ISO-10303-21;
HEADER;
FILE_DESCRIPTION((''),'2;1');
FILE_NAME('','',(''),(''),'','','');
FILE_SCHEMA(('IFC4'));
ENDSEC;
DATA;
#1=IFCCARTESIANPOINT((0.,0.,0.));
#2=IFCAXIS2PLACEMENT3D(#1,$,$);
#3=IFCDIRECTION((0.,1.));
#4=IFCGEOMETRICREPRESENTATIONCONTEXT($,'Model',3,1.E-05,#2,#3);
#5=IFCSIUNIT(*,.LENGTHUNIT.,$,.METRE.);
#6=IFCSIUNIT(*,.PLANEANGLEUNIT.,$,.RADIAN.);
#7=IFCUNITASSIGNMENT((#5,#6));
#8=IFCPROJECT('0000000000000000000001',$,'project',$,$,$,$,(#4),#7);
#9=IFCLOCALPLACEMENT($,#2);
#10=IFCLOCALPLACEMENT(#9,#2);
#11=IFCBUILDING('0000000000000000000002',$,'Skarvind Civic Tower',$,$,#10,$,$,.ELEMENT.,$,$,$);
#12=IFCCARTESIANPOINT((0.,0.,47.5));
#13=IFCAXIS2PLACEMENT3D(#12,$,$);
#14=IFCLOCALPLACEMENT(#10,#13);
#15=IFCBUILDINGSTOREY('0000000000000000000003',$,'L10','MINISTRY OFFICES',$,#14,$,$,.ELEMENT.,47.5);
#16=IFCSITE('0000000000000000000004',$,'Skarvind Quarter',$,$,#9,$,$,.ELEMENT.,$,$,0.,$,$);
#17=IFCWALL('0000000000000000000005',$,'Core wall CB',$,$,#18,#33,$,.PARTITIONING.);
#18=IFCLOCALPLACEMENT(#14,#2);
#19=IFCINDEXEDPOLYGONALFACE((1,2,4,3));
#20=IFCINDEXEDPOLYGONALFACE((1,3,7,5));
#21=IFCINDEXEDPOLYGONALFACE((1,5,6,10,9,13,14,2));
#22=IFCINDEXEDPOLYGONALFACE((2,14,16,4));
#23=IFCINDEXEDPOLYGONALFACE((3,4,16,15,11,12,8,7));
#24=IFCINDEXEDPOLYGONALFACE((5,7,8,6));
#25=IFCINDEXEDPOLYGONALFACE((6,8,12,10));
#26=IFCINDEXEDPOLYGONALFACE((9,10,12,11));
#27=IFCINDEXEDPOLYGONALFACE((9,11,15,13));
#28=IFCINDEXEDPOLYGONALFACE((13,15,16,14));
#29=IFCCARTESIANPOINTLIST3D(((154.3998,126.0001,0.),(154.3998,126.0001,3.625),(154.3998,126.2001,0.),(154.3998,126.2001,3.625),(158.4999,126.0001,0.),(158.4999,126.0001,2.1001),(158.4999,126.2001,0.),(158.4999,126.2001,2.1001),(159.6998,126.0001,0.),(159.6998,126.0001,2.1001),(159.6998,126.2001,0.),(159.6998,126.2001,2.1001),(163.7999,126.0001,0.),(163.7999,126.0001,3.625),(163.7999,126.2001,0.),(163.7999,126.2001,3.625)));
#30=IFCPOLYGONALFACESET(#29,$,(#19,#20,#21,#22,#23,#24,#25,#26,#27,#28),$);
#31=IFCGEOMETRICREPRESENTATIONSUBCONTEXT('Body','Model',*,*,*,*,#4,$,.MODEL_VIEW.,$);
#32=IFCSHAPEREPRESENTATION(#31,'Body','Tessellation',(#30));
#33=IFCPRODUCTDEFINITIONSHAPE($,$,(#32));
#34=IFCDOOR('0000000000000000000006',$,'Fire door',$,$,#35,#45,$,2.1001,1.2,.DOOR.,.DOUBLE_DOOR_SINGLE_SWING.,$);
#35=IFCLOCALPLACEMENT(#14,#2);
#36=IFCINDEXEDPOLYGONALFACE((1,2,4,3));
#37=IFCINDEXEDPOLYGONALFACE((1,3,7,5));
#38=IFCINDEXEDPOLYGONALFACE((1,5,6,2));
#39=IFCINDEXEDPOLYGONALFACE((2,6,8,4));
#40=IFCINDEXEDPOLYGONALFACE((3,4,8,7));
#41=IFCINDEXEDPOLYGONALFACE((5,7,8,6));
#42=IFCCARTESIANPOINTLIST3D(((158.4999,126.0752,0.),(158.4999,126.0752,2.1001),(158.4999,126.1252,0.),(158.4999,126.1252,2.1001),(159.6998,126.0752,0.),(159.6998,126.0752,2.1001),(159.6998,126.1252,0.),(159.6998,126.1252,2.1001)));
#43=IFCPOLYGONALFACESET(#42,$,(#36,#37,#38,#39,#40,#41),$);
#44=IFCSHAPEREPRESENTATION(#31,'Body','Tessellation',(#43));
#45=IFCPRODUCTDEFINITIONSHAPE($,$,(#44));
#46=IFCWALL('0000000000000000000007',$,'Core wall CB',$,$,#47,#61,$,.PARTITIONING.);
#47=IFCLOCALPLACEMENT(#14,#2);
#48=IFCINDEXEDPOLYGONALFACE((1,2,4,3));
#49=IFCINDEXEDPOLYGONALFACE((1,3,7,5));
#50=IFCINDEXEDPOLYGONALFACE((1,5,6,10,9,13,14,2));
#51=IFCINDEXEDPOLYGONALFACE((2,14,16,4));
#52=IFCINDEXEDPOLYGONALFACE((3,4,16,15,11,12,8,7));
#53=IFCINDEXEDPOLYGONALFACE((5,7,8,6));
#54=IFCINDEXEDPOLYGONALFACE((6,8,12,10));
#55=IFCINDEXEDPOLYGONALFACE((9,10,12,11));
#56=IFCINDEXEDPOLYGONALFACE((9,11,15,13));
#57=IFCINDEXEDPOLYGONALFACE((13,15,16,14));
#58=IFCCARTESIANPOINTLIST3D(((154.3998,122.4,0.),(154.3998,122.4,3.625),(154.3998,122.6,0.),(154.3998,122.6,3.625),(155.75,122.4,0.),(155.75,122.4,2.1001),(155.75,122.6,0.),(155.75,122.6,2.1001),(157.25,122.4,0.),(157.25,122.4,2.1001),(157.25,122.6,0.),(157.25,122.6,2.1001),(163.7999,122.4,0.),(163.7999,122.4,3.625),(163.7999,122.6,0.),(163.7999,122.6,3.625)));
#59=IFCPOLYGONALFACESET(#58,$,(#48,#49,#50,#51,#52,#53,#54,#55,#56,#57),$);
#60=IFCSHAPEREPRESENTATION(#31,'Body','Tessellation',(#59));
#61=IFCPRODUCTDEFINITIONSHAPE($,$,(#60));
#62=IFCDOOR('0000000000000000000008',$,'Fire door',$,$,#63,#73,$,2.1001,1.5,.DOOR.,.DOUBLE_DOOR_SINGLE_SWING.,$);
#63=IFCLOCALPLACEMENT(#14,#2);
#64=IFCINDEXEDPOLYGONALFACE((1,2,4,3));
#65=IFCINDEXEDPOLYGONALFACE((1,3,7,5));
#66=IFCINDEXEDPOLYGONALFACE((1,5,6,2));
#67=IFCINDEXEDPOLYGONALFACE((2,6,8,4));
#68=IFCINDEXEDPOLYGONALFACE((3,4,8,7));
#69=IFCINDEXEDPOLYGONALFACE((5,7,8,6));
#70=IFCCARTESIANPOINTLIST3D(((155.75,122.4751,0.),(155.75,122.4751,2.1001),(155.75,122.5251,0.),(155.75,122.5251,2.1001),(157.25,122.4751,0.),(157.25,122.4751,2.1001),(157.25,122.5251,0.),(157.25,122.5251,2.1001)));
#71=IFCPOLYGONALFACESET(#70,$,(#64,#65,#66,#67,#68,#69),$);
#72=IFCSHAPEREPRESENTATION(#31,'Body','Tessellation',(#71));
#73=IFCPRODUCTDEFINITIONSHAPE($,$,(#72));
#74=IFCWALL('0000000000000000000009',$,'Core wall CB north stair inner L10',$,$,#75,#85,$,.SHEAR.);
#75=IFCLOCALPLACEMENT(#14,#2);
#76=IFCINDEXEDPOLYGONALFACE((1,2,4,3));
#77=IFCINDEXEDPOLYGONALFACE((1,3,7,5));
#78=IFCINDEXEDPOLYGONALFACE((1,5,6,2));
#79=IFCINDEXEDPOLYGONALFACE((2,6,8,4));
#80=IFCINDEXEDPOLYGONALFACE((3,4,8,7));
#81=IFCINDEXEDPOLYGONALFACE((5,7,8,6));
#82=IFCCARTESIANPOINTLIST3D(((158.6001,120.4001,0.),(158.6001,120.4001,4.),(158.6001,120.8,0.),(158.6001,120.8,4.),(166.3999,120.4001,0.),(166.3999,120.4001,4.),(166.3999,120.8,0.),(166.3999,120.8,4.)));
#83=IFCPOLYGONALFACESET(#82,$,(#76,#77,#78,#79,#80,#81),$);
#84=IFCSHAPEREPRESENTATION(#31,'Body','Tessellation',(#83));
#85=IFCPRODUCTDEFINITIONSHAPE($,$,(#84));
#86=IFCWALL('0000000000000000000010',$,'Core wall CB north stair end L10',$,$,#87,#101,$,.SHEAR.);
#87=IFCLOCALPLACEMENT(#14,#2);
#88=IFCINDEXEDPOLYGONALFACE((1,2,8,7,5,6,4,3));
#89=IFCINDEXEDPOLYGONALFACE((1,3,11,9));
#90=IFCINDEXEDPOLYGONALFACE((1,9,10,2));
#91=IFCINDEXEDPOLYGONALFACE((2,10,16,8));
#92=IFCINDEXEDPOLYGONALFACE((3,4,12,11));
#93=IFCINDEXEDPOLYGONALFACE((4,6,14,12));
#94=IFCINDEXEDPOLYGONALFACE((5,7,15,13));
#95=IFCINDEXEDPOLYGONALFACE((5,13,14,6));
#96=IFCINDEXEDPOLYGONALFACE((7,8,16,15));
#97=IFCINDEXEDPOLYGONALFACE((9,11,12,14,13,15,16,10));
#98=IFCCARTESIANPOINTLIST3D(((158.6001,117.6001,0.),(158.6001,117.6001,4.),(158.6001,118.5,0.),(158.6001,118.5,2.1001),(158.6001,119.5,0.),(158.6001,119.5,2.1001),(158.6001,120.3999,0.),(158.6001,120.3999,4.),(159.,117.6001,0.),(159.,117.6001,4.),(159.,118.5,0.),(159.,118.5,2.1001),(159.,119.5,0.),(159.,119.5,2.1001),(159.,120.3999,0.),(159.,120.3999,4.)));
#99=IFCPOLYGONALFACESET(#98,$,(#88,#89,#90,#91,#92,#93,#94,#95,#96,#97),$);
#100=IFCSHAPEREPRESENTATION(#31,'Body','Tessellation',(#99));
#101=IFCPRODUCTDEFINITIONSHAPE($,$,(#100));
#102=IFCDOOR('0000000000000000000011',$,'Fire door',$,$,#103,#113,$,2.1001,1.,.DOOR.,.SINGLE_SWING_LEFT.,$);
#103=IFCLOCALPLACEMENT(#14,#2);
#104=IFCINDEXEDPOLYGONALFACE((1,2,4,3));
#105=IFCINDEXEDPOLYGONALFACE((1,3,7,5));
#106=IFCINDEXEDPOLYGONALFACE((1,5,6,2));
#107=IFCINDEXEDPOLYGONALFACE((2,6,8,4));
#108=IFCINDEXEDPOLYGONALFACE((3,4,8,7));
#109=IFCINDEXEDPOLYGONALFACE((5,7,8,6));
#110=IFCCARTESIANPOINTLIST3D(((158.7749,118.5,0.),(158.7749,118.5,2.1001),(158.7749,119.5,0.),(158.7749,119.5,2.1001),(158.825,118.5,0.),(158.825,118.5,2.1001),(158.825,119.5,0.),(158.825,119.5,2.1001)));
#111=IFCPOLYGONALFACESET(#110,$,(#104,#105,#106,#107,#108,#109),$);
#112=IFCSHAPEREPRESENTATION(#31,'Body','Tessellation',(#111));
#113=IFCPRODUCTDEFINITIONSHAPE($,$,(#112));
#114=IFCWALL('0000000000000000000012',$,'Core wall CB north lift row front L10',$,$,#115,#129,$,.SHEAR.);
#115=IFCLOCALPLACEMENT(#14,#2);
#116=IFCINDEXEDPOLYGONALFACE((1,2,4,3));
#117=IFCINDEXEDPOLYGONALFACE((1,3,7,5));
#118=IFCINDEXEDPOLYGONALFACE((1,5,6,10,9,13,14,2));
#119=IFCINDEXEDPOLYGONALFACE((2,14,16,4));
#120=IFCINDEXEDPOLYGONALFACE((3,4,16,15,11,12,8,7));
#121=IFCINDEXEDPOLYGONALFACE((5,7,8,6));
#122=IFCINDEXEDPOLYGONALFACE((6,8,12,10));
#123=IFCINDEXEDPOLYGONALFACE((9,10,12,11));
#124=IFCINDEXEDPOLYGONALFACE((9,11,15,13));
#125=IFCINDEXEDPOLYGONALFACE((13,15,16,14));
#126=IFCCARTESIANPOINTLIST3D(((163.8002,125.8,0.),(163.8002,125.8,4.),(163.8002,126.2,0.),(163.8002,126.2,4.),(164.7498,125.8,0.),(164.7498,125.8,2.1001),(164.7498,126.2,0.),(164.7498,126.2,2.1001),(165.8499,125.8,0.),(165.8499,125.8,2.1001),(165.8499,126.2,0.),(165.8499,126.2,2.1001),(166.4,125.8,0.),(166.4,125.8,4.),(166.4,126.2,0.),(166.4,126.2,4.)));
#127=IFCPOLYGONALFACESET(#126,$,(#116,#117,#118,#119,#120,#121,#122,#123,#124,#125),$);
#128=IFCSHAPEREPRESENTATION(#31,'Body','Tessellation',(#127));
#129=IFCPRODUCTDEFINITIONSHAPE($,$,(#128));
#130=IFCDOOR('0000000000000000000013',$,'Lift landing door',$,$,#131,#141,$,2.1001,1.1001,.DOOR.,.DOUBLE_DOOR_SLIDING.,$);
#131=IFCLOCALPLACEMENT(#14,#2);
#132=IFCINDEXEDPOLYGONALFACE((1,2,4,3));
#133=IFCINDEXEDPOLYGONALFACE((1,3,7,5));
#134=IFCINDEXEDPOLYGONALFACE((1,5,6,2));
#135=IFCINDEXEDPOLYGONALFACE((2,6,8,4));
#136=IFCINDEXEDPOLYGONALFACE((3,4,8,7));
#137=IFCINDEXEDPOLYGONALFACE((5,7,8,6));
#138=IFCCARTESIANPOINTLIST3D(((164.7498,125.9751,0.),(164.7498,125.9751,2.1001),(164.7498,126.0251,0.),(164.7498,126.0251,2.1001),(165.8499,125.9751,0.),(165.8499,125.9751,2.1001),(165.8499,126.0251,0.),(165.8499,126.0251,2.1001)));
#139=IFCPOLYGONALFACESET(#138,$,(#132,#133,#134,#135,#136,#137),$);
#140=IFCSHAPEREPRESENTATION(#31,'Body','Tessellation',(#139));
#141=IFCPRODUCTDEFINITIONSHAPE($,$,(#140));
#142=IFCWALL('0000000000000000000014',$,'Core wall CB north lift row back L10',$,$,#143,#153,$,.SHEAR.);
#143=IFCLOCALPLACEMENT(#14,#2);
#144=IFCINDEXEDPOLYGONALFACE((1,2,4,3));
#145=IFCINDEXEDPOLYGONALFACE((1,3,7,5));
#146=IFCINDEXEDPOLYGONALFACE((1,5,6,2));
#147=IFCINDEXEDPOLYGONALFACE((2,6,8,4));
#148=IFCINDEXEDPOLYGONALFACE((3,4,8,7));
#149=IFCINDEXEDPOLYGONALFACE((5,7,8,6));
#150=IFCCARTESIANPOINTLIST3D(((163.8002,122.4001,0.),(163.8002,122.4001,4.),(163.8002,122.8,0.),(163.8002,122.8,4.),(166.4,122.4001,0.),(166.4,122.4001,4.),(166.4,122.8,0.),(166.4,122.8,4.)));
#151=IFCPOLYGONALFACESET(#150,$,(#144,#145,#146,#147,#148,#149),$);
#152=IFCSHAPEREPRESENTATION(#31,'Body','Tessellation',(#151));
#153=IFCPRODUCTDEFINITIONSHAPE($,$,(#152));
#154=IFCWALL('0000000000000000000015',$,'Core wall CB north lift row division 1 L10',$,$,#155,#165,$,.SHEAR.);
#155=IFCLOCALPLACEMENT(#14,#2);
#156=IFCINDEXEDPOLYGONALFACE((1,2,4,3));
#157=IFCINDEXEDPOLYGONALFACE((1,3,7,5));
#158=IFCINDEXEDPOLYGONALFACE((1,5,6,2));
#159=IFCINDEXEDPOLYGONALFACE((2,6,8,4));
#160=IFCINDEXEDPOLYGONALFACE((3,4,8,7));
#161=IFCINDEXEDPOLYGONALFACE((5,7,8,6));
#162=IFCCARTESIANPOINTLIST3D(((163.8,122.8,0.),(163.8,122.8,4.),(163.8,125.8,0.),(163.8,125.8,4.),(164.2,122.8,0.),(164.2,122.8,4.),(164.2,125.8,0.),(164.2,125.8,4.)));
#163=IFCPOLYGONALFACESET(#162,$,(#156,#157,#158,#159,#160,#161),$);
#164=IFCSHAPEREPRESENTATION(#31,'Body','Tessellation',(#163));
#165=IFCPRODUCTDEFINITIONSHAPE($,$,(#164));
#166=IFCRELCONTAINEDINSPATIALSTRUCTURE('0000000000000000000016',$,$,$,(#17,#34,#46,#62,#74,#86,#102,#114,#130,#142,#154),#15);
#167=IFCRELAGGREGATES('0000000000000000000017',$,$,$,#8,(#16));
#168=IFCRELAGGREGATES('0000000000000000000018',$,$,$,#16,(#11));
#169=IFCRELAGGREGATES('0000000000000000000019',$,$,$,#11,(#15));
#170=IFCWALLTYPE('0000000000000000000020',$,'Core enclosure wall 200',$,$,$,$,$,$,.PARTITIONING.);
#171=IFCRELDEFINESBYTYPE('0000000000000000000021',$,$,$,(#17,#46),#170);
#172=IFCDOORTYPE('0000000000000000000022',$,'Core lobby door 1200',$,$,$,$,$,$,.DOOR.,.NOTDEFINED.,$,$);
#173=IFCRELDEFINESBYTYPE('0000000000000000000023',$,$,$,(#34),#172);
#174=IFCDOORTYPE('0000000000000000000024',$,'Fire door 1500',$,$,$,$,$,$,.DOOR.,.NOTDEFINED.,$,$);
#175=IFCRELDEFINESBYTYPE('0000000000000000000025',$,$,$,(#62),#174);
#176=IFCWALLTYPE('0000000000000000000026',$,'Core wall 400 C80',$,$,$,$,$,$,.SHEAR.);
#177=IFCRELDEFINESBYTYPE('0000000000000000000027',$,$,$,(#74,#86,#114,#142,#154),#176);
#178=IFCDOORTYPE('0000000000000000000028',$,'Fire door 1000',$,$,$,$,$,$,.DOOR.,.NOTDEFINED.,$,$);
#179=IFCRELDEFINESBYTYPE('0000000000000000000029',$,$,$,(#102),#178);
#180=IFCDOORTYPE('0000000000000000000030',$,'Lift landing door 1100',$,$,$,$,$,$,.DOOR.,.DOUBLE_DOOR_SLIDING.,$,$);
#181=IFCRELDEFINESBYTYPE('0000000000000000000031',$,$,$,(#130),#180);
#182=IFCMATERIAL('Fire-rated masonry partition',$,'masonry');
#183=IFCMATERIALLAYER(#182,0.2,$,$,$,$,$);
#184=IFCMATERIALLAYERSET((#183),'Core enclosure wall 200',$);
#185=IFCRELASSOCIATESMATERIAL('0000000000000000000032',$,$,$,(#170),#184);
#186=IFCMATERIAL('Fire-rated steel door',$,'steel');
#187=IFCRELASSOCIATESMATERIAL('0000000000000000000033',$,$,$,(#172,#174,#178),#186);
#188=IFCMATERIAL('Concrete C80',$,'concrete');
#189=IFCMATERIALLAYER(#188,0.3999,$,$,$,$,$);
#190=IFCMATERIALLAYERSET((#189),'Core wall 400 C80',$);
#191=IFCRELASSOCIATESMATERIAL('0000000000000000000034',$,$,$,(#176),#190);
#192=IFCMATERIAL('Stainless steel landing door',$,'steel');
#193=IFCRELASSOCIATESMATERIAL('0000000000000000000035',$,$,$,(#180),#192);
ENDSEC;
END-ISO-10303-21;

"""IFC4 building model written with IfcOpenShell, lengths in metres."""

from ifc_helpers import new_model, si_unit, direction, frame, frame_2d, origin, place, context, subcontext, project, spatial, rectangle, extrude, material, layer, layer_set, type_object, element, fill, save


model = new_model("IFC4")

# Units and contexts
model_context = context("Model", 3, precision=1e-05, world=origin(), true_north=direction((0.0, 1.0)))
body_context = subcontext(model_context, "Body", "Model", "MODEL_VIEW")
ifc_project = project(units=[si_unit("LENGTHUNIT", "METRE"), si_unit("PLANEANGLEUNIT", "RADIAN")], contexts=[model_context])

# Site, building, storey
site_placement = place(None, origin())
site = spatial("IfcSite", under=ifc_project, at=site_placement, Name="Skarvind Quarter", CompositionType="ELEMENT", RefElevation=0.0)
building_placement = place(site_placement, origin())
building = spatial("IfcBuilding", under=site, at=building_placement, Name="Skarvind Civic Tower", CompositionType="ELEMENT")
storey_placement = place(building_placement, frame((0.0, 0.0, 47.5)))
storey = spatial("IfcBuildingStorey", under=building, at=storey_placement, Name="L10", Description="MINISTRY OFFICES", CompositionType="ELEMENT", Elevation=47.5)

# Walls, openings, doors
ifc_material_1 = material(Name="Fire-rated masonry partition", Category="masonry")
ifc_layer_1 = layer(ifc_material_1, 0.2)
ifc_layer_set_1 = layer_set([ifc_layer_1], Name="Core enclosure wall 200")
wall_type_1 = type_object("IfcWallType", Name="Core enclosure wall 200", PredefinedType="PARTITIONING", material=ifc_layer_set_1)
wall_1_placement = place(storey_placement, frame((163.8, 126.1001, 0.0), z_axis=(0.0, 0.0, 1.0), x_axis=(-1.0, 0.0, 0.0)))
wall_1 = element("IfcWall", 1, at=wall_1_placement, inside=storey, type_object=wall_type_1, Name="Core wall CB", PredefinedType="PARTITIONING", context=body_context, shape_type="SweptSolid", body=[
    extrude(rectangle(XDim=9.4001, YDim=0.2, at=frame_2d((4.7002, 0.0))), origin(), (0.0, 0.0, 1.0), 3.625),
])
opening_1_placement = place(wall_1_placement, frame((4.1001, 0.0, 0.0)))
opening_1 = element("IfcOpeningElement", 2, at=opening_1_placement, cuts=wall_1, PredefinedType="OPENING", context=body_context, shape_type="SweptSolid", body=[
    extrude(rectangle(XDim=1.2, YDim=2.1001, at=frame_2d((0.6001, 1.05))), frame((0.0, 0.1099, 0.0), z_axis=(0.0, -1.0, 0.0), x_axis=(1.0, 0.0, 0.0)), (0.0, 0.0, 1.0), 0.22),
])
ifc_material_2 = material(Name="Fire-rated steel door", Category="steel")
door_type_1 = type_object("IfcDoorType", Name="Core lobby door 1200", OperationType="NOTDEFINED", PredefinedType="DOOR", material=ifc_material_2)
door_1_placement = place(opening_1_placement, origin())
door_1 = element("IfcDoor", 3, at=door_1_placement, inside=storey, type_object=door_type_1, Name="Fire door", OperationType="DOUBLE_DOOR_SINGLE_SWING", OverallHeight=2.1001, OverallWidth=1.2, PredefinedType="DOOR", context=body_context, shape_type="SweptSolid", body=[
    extrude(rectangle(XDim=1.2, YDim=2.1001, at=frame_2d((0.6001, 1.05))), frame((0.0, 0.0249, 0.0), z_axis=(0.0, -1.0, 0.0), x_axis=(1.0, 0.0, 0.0)), (0.0, 0.0, 1.0), 0.05),
])
fill(opening_1, door_1)
wall_2_placement = place(storey_placement, frame((163.8, 122.5, 0.0), z_axis=(0.0, 0.0, 1.0), x_axis=(-1.0, 0.0, 0.0)))
wall_2 = element("IfcWall", 4, at=wall_2_placement, inside=storey, type_object=wall_type_1, Name="Core wall CB", PredefinedType="PARTITIONING", context=body_context, shape_type="SweptSolid", body=[
    extrude(rectangle(XDim=9.4001, YDim=0.2, at=frame_2d((4.7002, 0.0))), origin(), (0.0, 0.0, 1.0), 3.625),
])
opening_2_placement = place(wall_2_placement, frame((6.55, 0.0, 0.0)))
opening_2 = element("IfcOpeningElement", 5, at=opening_2_placement, cuts=wall_2, PredefinedType="OPENING", context=body_context, shape_type="SweptSolid", body=[
    extrude(rectangle(XDim=1.5, YDim=2.1001, at=frame_2d((0.75, 1.05))), frame((0.0, 0.1099, 0.0), z_axis=(0.0, -1.0, 0.0), x_axis=(1.0, 0.0, 0.0)), (0.0, 0.0, 1.0), 0.22),
])
door_type_2 = type_object("IfcDoorType", Name="Fire door 1500", OperationType="NOTDEFINED", PredefinedType="DOOR", material=ifc_material_2)
door_2_placement = place(opening_2_placement, origin())
door_2 = element("IfcDoor", 6, at=door_2_placement, inside=storey, type_object=door_type_2, Name="Fire door", OperationType="DOUBLE_DOOR_SINGLE_SWING", OverallHeight=2.1001, OverallWidth=1.5, PredefinedType="DOOR", context=body_context, shape_type="SweptSolid", body=[
    extrude(rectangle(XDim=1.5, YDim=2.1001, at=frame_2d((0.75, 1.05))), frame((0.0, 0.0249, 0.0), z_axis=(0.0, -1.0, 0.0), x_axis=(1.0, 0.0, 0.0)), (0.0, 0.0, 1.0), 0.05),
])
fill(opening_2, door_2)

# Wall
ifc_material_3 = material(Name="Concrete C80", Category="concrete")
ifc_layer_2 = layer(ifc_material_3, 0.3999)
ifc_layer_set_2 = layer_set([ifc_layer_2], Name="Core wall 400 C80")
wall_type_2 = type_object("IfcWallType", Name="Core wall 400 C80", PredefinedType="SHEAR", material=ifc_layer_set_2)
wall_3_placement = place(storey_placement, frame((166.3999, 120.6001, 0.0), z_axis=(0.0, 0.0, 1.0), x_axis=(-1.0, 0.0, 0.0)))
element("IfcWall", 7, at=wall_3_placement, inside=storey, type_object=wall_type_2, Name="Core wall CB north stair inner L10", PredefinedType="SHEAR", context=body_context, shape_type="SweptSolid", body=[
    extrude(rectangle(XDim=7.7998, YDim=0.3999, at=frame_2d((3.8999, 0.0))), origin(), (0.0, 0.0, 1.0), 4.0),
])

# Walls, openings, doors
wall_4_placement = place(storey_placement, frame((158.8, 120.3999, 0.0), z_axis=(0.0, 0.0, 1.0), x_axis=(0.0, -1.0, 0.0)))
wall_4 = element("IfcWall", 8, at=wall_4_placement, inside=storey, type_object=wall_type_2, Name="Core wall CB north stair end L10", PredefinedType="SHEAR", context=body_context, shape_type="SweptSolid", body=[
    extrude(rectangle(XDim=2.7998, YDim=0.3999, at=frame_2d((1.3999, 0.0))), origin(), (0.0, 0.0, 1.0), 4.0),
])
opening_3_placement = place(wall_4_placement, frame((0.8999, 0.0, 0.0)))
opening_3 = element("IfcOpeningElement", 9, at=opening_3_placement, cuts=wall_4, PredefinedType="OPENING", context=body_context, shape_type="SweptSolid", body=[
    extrude(rectangle(XDim=1.0, YDim=2.1001, at=frame_2d((0.5, 1.05))), frame((0.0, 0.21, 0.0), z_axis=(0.0, -1.0, 0.0), x_axis=(1.0, 0.0, 0.0)), (0.0, 0.0, 1.0), 0.4199),
])
door_type_3 = type_object("IfcDoorType", Name="Fire door 1000", OperationType="NOTDEFINED", PredefinedType="DOOR", material=ifc_material_2)
door_3_placement = place(opening_3_placement, origin())
door_3 = element("IfcDoor", 10, at=door_3_placement, inside=storey, type_object=door_type_3, Name="Fire door", OperationType="SINGLE_SWING_LEFT", OverallHeight=2.1001, OverallWidth=1.0, PredefinedType="DOOR", context=body_context, shape_type="SweptSolid", body=[
    extrude(rectangle(XDim=1.0, YDim=2.1001, at=frame_2d((0.5, 1.05))), frame((0.0, 0.0249, 0.0), z_axis=(0.0, -1.0, 0.0), x_axis=(1.0, 0.0, 0.0)), (0.0, 0.0, 1.0), 0.05),
])
fill(opening_3, door_3)
wall_5_placement = place(storey_placement, frame((166.3999, 126.0, 0.0), z_axis=(0.0, 0.0, 1.0), x_axis=(-1.0, 0.0, 0.0)))
wall_5 = element("IfcWall", 11, at=wall_5_placement, inside=storey, type_object=wall_type_2, Name="Core wall CB north lift row front L10", PredefinedType="SHEAR", context=body_context, shape_type="SweptSolid", body=[
    extrude(rectangle(XDim=2.5999, YDim=0.3999, at=frame_2d((1.2998, 0.0))), origin(), (0.0, 0.0, 1.0), 4.0),
])
opening_4_placement = place(wall_5_placement, frame((0.55, 0.0, 0.0)))
opening_4 = element("IfcOpeningElement", 12, at=opening_4_placement, cuts=wall_5, PredefinedType="OPENING", context=body_context, shape_type="SweptSolid", body=[
    extrude(rectangle(XDim=1.1001, YDim=2.1001, at=frame_2d((0.55, 1.05))), frame((0.0, 0.21, 0.0), z_axis=(0.0, -1.0, 0.0), x_axis=(1.0, 0.0, 0.0)), (0.0, 0.0, 1.0), 0.4199),
])
ifc_material_4 = material(Name="Stainless steel landing door", Category="steel")
door_type_4 = type_object("IfcDoorType", Name="Lift landing door 1100", OperationType="DOUBLE_DOOR_SLIDING", PredefinedType="DOOR", material=ifc_material_4)
door_4_placement = place(opening_4_placement, origin())
door_4 = element("IfcDoor", 13, at=door_4_placement, inside=storey, type_object=door_type_4, Name="Lift landing door", OperationType="DOUBLE_DOOR_SLIDING", OverallHeight=2.1001, OverallWidth=1.1001, PredefinedType="DOOR", context=body_context, shape_type="SweptSolid", body=[
    extrude(rectangle(XDim=1.1001, YDim=2.1001, at=frame_2d((0.55, 1.05))), frame((0.0, 0.0249, 0.0), z_axis=(0.0, -1.0, 0.0), x_axis=(1.0, 0.0, 0.0)), (0.0, 0.0, 1.0), 0.05),
])
fill(opening_4, door_4)

# Walls
wall_6_placement = place(storey_placement, frame((166.3999, 122.6001, 0.0), z_axis=(0.0, 0.0, 1.0), x_axis=(-1.0, 0.0, 0.0)))
element("IfcWall", 14, at=wall_6_placement, inside=storey, type_object=wall_type_2, Name="Core wall CB north lift row back L10", PredefinedType="SHEAR", context=body_context, shape_type="SweptSolid", body=[
    extrude(rectangle(XDim=2.5999, YDim=0.3999, at=frame_2d((1.2998, 0.0))), origin(), (0.0, 0.0, 1.0), 4.0),
])
wall_7_placement = place(storey_placement, frame((164.0, 125.8, 0.0), z_axis=(0.0, 0.0, 1.0), x_axis=(0.0, -1.0, 0.0)))
element("IfcWall", 15, at=wall_7_placement, inside=storey, type_object=wall_type_2, Name="Core wall CB north lift row division 1 L10", PredefinedType="SHEAR", context=body_context, shape_type="SweptSolid", body=[
    extrude(rectangle(XDim=3.0, YDim=0.3999, at=frame_2d((1.5, 0.0))), origin(), (0.0, 0.0, 1.0), 4.0),
])

save(model, "model.ifc")
